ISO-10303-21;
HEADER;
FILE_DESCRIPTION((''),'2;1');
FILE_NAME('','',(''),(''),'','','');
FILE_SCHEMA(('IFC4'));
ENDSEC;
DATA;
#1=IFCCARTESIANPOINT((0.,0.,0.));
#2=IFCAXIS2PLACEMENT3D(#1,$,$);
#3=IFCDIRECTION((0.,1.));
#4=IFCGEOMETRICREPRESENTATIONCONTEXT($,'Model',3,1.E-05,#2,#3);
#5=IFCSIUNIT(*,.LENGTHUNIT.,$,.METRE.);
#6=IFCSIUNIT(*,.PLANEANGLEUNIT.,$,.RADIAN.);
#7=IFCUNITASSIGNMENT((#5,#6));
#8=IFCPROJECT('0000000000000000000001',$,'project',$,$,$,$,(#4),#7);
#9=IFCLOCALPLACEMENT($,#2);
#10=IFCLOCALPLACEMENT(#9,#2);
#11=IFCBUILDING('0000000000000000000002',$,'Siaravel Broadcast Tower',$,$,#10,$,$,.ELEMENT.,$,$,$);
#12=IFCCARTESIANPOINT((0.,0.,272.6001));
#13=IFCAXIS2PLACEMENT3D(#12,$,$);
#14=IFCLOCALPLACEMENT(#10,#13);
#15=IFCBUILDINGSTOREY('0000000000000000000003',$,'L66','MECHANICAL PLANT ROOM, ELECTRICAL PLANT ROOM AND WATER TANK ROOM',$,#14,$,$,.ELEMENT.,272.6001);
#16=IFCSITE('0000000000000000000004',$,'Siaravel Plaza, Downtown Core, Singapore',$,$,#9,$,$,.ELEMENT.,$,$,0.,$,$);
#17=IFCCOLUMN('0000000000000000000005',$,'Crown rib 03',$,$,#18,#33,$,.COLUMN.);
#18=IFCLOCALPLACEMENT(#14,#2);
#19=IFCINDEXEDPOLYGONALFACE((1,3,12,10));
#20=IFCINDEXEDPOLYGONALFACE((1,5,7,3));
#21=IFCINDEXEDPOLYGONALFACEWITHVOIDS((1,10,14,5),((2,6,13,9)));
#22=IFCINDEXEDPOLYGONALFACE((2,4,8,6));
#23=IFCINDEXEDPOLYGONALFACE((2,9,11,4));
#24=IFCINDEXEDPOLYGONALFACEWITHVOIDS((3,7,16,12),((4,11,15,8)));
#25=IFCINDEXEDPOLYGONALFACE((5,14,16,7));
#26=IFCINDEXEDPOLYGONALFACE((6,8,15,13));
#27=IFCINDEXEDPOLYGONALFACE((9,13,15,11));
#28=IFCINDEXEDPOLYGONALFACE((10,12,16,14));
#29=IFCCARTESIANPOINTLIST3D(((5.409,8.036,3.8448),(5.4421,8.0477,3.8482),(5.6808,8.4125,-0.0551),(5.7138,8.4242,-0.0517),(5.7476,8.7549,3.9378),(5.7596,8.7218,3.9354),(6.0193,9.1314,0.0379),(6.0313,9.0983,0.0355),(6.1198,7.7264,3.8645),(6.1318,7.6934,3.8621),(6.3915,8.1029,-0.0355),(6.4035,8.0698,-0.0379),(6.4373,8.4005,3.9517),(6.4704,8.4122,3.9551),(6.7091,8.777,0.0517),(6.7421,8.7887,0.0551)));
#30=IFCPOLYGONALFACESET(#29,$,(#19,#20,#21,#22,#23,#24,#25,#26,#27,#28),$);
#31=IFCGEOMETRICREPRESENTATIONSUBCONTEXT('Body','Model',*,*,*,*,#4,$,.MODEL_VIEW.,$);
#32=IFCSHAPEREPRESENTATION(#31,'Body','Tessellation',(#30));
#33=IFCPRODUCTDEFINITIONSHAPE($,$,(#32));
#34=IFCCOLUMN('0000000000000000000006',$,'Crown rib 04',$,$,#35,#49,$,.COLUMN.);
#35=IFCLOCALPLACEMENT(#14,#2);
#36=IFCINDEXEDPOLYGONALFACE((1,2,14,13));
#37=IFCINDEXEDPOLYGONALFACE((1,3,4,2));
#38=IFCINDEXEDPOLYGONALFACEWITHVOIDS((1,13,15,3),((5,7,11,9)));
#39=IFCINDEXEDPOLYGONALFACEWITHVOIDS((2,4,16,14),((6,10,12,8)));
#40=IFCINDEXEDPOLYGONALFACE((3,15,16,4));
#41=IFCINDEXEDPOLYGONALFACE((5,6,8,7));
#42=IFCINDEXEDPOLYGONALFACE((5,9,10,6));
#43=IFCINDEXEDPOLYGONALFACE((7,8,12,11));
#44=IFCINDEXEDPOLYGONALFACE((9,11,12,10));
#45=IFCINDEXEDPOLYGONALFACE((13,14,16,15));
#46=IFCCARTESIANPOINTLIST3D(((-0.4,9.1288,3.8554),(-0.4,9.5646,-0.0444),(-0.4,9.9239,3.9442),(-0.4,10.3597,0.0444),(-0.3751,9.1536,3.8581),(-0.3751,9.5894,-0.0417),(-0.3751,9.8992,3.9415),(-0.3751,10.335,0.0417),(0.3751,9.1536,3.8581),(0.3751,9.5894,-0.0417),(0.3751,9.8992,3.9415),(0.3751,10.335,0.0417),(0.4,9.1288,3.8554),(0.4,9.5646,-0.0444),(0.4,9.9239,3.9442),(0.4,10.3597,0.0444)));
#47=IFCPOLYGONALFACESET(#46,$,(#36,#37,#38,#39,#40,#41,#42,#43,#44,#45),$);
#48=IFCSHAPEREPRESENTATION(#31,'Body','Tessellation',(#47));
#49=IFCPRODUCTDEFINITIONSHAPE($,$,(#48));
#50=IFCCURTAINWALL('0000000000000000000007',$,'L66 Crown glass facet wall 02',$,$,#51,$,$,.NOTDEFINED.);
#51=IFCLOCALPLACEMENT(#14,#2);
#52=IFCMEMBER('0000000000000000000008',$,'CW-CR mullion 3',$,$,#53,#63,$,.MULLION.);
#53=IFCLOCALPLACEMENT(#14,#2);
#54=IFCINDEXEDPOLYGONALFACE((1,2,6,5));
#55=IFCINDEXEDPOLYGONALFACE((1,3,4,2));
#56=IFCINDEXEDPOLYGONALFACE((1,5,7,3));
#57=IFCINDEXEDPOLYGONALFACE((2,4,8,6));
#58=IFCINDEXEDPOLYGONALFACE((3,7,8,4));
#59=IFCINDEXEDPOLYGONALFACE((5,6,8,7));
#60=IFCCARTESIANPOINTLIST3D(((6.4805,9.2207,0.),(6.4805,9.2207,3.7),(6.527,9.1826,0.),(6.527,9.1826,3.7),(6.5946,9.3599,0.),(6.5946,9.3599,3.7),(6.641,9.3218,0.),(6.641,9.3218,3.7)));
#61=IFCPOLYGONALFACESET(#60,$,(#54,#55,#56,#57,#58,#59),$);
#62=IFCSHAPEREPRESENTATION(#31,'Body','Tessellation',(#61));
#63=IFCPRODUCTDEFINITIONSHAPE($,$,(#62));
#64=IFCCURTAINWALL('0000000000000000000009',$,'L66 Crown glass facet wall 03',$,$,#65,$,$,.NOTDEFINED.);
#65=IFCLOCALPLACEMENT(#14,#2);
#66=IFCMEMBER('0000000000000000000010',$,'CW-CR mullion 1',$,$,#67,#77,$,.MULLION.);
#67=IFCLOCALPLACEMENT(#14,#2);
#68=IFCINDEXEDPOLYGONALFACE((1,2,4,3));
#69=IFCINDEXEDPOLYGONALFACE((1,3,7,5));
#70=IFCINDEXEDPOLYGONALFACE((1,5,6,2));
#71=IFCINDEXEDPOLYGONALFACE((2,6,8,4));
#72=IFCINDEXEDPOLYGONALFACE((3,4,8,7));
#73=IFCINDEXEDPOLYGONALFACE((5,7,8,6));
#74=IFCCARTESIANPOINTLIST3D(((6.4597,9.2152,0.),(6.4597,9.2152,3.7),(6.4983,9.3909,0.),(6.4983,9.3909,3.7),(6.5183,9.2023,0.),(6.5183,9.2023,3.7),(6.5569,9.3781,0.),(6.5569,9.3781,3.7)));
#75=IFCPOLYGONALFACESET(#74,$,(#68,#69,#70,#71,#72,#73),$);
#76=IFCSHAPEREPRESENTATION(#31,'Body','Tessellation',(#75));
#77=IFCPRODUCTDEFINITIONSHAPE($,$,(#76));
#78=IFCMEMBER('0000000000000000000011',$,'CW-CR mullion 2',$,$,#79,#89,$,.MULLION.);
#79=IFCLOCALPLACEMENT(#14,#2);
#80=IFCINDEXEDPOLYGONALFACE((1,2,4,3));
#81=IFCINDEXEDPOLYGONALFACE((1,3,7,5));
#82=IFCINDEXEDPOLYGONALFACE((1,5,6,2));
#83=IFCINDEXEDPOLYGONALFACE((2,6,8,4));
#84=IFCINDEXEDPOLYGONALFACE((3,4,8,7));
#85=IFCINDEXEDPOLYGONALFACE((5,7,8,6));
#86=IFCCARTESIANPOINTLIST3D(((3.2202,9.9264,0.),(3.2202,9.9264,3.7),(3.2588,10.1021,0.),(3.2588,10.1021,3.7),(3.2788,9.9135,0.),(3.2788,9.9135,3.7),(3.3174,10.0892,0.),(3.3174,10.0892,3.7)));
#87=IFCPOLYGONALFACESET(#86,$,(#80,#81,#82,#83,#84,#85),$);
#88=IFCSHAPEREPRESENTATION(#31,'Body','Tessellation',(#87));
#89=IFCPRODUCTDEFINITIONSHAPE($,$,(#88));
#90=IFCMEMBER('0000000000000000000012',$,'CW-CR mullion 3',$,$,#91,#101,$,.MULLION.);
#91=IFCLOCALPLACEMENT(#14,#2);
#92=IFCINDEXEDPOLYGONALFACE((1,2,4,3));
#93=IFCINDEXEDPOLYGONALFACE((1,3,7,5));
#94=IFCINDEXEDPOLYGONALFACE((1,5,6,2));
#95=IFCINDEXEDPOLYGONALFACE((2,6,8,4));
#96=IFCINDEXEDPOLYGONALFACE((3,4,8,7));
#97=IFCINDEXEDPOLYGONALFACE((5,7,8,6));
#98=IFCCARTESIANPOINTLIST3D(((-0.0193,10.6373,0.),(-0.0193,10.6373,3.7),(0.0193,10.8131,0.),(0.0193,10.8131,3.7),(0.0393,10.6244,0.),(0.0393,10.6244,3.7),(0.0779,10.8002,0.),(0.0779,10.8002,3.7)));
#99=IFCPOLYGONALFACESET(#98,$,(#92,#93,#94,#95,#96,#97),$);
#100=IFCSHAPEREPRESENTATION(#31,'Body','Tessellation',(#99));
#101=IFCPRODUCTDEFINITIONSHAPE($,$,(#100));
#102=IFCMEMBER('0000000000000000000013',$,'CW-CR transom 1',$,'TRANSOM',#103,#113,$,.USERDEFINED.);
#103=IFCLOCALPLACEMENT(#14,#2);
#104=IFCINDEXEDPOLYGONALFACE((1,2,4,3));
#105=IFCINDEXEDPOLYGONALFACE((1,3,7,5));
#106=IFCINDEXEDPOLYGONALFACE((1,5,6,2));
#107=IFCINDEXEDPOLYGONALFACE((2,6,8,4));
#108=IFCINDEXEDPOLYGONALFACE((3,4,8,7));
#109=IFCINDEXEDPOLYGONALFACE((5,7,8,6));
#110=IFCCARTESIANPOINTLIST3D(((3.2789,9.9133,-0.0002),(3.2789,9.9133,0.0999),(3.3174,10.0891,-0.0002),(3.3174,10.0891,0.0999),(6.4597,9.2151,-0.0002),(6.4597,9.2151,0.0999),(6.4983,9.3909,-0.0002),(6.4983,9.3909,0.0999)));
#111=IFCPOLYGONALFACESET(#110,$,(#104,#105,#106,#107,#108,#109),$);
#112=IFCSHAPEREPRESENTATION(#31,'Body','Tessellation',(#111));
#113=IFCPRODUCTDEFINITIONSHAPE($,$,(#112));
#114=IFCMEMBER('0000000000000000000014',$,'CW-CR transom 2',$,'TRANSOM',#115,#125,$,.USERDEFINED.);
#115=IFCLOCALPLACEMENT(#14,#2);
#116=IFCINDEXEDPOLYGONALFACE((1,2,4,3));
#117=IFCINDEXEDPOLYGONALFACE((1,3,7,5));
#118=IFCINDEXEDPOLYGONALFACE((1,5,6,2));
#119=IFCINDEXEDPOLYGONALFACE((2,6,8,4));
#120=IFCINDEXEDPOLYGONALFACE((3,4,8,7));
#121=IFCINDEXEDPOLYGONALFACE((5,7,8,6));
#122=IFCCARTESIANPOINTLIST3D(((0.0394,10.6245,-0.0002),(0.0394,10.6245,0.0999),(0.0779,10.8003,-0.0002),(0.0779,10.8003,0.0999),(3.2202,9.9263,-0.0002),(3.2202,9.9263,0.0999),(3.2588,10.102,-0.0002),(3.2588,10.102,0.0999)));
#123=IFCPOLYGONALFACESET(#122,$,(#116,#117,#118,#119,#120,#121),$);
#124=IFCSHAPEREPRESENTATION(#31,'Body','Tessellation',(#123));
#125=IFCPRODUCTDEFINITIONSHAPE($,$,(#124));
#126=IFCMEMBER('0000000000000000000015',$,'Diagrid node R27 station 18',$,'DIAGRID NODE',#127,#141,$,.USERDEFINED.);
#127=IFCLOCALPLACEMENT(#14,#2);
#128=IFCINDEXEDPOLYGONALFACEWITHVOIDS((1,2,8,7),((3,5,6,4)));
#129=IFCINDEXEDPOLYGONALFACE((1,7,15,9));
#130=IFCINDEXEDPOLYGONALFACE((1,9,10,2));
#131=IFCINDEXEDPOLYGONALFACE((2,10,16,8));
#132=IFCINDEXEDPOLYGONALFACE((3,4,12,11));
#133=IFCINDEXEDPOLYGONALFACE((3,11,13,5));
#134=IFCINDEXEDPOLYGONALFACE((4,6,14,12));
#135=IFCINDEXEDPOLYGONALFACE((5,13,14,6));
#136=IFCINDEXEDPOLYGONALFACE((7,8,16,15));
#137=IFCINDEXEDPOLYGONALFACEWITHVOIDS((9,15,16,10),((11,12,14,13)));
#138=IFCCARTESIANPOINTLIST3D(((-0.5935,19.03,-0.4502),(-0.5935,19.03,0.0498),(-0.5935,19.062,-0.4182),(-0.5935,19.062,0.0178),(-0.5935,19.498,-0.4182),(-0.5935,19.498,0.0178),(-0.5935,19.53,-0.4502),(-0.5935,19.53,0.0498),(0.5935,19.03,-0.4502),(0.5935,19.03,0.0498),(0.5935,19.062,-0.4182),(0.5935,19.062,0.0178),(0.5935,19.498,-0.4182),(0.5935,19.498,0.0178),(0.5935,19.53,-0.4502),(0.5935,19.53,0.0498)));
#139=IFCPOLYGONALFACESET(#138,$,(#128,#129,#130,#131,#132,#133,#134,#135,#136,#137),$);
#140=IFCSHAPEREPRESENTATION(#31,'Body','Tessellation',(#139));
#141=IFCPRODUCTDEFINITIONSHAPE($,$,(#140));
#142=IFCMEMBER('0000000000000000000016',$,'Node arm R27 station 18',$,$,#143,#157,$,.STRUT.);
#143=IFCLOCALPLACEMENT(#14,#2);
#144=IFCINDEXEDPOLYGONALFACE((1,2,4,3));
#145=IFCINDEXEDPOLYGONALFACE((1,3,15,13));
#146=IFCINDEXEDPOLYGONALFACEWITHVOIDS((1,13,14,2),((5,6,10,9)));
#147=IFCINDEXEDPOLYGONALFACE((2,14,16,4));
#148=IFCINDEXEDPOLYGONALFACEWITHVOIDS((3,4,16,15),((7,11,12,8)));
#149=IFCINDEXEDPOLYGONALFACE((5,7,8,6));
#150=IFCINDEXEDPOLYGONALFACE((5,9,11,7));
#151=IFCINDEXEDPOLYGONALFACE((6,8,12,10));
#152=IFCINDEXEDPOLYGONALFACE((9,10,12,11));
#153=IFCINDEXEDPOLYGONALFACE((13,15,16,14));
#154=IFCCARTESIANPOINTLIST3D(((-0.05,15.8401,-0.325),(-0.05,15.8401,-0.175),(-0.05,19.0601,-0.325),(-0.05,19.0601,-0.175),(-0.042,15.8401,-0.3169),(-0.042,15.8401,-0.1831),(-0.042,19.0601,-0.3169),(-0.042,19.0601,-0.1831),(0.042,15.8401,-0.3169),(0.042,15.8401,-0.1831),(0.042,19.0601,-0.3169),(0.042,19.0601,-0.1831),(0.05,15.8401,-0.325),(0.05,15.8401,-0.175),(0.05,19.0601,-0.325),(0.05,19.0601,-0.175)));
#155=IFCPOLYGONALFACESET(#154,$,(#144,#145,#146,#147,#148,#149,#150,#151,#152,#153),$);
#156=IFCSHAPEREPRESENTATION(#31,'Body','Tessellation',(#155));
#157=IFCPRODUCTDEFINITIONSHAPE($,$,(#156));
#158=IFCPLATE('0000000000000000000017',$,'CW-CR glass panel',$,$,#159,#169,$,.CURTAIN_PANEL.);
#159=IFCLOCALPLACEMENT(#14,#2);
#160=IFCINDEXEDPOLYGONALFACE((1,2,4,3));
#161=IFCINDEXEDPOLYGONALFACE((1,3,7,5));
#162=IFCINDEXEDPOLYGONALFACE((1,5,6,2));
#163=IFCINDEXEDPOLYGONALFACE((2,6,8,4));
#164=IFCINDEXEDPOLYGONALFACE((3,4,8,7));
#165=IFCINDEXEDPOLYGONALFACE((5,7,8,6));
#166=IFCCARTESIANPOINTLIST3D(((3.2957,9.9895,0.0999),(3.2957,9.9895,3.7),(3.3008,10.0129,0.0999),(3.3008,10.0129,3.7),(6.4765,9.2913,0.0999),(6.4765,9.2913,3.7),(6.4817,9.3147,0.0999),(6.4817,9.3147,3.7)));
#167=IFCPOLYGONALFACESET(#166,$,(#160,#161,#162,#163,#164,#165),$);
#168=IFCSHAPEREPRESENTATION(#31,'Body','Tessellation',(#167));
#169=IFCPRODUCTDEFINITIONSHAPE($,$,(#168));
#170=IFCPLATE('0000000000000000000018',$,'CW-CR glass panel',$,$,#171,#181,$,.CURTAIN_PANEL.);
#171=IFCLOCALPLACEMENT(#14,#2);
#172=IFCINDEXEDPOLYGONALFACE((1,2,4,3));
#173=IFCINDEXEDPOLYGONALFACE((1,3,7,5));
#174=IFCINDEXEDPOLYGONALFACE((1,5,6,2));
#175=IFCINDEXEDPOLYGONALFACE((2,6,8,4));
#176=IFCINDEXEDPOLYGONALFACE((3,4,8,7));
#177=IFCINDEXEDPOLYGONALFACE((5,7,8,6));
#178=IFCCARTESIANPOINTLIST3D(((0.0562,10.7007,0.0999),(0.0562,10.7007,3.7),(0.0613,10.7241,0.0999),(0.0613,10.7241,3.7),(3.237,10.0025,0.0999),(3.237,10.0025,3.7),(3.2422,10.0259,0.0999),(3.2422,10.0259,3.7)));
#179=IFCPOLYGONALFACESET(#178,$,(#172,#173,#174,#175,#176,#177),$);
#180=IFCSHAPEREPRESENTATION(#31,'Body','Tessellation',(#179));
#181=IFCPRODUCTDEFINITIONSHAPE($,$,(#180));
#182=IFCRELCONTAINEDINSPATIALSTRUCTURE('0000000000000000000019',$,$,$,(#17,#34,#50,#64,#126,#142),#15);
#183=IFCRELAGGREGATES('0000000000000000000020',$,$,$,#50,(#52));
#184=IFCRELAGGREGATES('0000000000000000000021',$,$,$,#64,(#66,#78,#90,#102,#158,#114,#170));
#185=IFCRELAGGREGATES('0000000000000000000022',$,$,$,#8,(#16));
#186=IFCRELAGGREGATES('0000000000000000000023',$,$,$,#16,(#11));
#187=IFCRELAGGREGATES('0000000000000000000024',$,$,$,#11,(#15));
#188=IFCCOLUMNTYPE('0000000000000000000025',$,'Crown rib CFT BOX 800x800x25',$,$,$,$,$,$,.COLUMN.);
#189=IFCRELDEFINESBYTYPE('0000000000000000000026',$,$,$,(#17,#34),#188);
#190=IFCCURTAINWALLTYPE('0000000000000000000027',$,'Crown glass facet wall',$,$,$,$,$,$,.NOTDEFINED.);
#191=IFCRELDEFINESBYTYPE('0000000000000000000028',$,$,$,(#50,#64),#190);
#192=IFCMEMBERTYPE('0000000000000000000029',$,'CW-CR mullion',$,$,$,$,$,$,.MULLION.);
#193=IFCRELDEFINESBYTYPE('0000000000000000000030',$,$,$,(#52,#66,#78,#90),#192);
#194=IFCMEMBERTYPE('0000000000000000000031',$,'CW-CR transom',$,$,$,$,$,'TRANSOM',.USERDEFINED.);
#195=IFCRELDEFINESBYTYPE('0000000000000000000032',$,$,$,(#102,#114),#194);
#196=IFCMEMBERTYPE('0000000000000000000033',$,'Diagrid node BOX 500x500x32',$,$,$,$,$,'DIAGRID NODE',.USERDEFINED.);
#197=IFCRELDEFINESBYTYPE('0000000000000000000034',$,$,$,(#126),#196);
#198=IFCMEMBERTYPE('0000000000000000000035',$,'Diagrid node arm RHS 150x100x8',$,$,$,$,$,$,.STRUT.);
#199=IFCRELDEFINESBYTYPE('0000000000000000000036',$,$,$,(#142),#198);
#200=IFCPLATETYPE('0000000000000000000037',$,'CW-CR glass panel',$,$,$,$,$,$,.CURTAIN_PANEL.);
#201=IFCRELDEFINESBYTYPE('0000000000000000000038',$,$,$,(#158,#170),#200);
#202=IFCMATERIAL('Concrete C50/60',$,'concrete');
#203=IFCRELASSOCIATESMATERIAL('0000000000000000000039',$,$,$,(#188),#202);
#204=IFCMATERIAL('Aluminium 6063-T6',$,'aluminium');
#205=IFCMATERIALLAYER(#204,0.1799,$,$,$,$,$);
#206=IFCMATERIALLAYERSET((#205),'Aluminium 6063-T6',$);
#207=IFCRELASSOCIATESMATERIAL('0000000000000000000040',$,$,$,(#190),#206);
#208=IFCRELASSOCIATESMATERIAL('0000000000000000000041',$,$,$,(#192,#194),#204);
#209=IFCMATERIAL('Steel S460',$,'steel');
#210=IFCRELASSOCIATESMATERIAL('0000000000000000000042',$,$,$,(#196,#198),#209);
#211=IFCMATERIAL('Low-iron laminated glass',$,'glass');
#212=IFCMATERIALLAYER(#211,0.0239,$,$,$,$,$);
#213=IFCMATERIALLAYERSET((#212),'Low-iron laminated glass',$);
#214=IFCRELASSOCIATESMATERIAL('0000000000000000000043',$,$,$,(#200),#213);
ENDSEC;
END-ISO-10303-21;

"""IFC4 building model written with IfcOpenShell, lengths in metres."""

from ifc_helpers import new_model, si_unit, direction, frame, origin, origin_2d, place, context, subcontext, project, spatial, rectangle, hollow_rectangle, extrude, material, layer, layer_set, material_profile, profile_set, type_object, element, aggregate, save


model = new_model("IFC4")

# Units and contexts
model_context = context("Model", 3, precision=1e-05, world=origin(), true_north=direction((0.0, 1.0)))
body_context = subcontext(model_context, "Body", "Model", "MODEL_VIEW")
ifc_project = project(units=[si_unit("LENGTHUNIT", "METRE"), si_unit("PLANEANGLEUNIT", "RADIAN")], contexts=[model_context])

# Site, building, storey
site_placement = place(None, origin())
site = spatial("IfcSite", under=ifc_project, at=site_placement, Name="Siaravel Plaza, Downtown Core, Singapore", CompositionType="ELEMENT", RefElevation=0.0)
building_placement = place(site_placement, origin())
building = spatial("IfcBuilding", under=site, at=building_placement, Name="Siaravel Broadcast Tower", CompositionType="ELEMENT")
storey_placement = place(building_placement, frame((0.0, 0.0, 272.6001)))
storey = spatial("IfcBuildingStorey", under=building, at=storey_placement, Name="L66", Description="MECHANICAL PLANT ROOM, ELECTRICAL PLANT ROOM AND WATER TANK ROOM", CompositionType="ELEMENT", Elevation=272.6001)

# Columns
ifc_material_1 = material(Name="Concrete C50/60", Category="concrete")
ifc_material_profile_1 = material_profile(ifc_material_1, hollow_rectangle(XDim=0.8, YDim=0.8, WallThickness=0.0249, at=origin_2d()))
ifc_profile_set_1 = profile_set([ifc_material_profile_1], Name="Concrete C50/60")
column_type = type_object("IfcColumnType", Name="Crown rib CFT BOX 800x800x25", PredefinedType="COLUMN", material=ifc_profile_set_1)
column_1_placement = place(storey_placement, frame((6.2114, 8.6006, 0.0), z_axis=(-0.069187, -0.095855, 0.992988), x_axis=(0.903382, -0.428292, 0.0216)))
element("IfcColumn", 1, at=column_1_placement, inside=storey, type_object=column_type, Name="Crown rib 03", PredefinedType="COLUMN", context=body_context, shape_type="SweptSolid", body=[
    extrude(hollow_rectangle(XDim=0.8, YDim=0.8, WallThickness=0.0249, at=origin_2d()), origin(), (0.0, 0.0, 1.0), 3.9275),
])
column_2_placement = place(storey_placement, frame((0.0, 9.9622, 0.0), z_axis=(0.0, -0.111053, 0.993814), x_axis=(1.0, 0.0, 0.0)))
element("IfcColumn", 2, at=column_2_placement, inside=storey, type_object=column_type, Name="Crown rib 04", PredefinedType="COLUMN", context=body_context, shape_type="SweptSolid", body=[
    extrude(hollow_rectangle(XDim=0.8, YDim=0.8, WallThickness=0.0249, at=origin_2d()), origin(), (0.0, 0.0, 1.0), 3.9241),
])

# Curtain wall, member
ifc_material_2 = material(Name="Aluminium 6063-T6", Category="aluminium")
ifc_layer_1 = layer(ifc_material_2, 0.1799)
ifc_layer_set_1 = layer_set([ifc_layer_1], Name="Aluminium 6063-T6")
curtain_wall_type = type_object("IfcCurtainWallType", Name="Crown glass facet wall", PredefinedType="NOTDEFINED", material=ifc_layer_set_1)
curtain_wall_1_placement = place(storey_placement, origin())
curtain_wall_1 = element("IfcCurtainWall", 3, at=curtain_wall_1_placement, inside=storey, type_object=curtain_wall_type, Name="L66 Crown glass facet wall 02", PredefinedType="NOTDEFINED")
ifc_material_profile_2 = material_profile(ifc_material_2, rectangle(XDim=0.1799, YDim=0.0601, at=origin_2d()))
ifc_profile_set_2 = profile_set([ifc_material_profile_2], Name="Aluminium 6063-T6")
member_type_1 = type_object("IfcMemberType", Name="CW-CR mullion", PredefinedType="MULLION", material=ifc_profile_set_2)
member_1_placement = place(storey_placement, frame((6.5608, 9.2712, 0.0), z_axis=(0.0, 0.0, 1.0), x_axis=(-0.633712, -0.773569, 0.0)))
member_1 = element("IfcMember", 4, at=member_1_placement, type_object=member_type_1, Name="CW-CR mullion 3", PredefinedType="MULLION", context=body_context, shape_type="SweptSolid", body=[
    extrude(rectangle(XDim=0.1799, YDim=0.0601, at=origin_2d()), origin(), (0.0, 0.0, 1.0), 3.7),
])
aggregate(curtain_wall_1, [member_1])

# Curtain wall, members
curtain_wall_2_placement = place(storey_placement, origin())
curtain_wall_2 = element("IfcCurtainWall", 5, at=curtain_wall_2_placement, inside=storey, type_object=curtain_wall_type, Name="L66 Crown glass facet wall 03", PredefinedType="NOTDEFINED")
member_2_placement = place(storey_placement, frame((6.5083, 9.2966, 0.0), z_axis=(0.0, 0.0, 1.0), x_axis=(-0.214394, -0.976747, 0.0)))
member_2 = element("IfcMember", 6, at=member_2_placement, type_object=member_type_1, Name="CW-CR mullion 1", PredefinedType="MULLION", context=body_context, shape_type="SweptSolid", body=[
    extrude(rectangle(XDim=0.1799, YDim=0.0601, at=origin_2d()), origin(), (0.0, 0.0, 1.0), 3.7),
])
member_3_placement = place(storey_placement, frame((3.2688, 10.0078, 0.0), z_axis=(0.0, 0.0, 1.0), x_axis=(-0.214394, -0.976747, 0.0)))
member_3 = element("IfcMember", 7, at=member_3_placement, type_object=member_type_1, Name="CW-CR mullion 2", PredefinedType="MULLION", context=body_context, shape_type="SweptSolid", body=[
    extrude(rectangle(XDim=0.1799, YDim=0.0601, at=origin_2d()), origin(), (0.0, 0.0, 1.0), 3.7),
])
member_4_placement = place(storey_placement, frame((0.0293, 10.7188, 0.0), z_axis=(0.0, 0.0, 1.0), x_axis=(-0.214394, -0.976747, 0.0)))
member_4 = element("IfcMember", 8, at=member_4_placement, type_object=member_type_1, Name="CW-CR mullion 3", PredefinedType="MULLION", context=body_context, shape_type="SweptSolid", body=[
    extrude(rectangle(XDim=0.1799, YDim=0.0601, at=origin_2d()), origin(), (0.0, 0.0, 1.0), 3.7),
])
ifc_material_profile_3 = material_profile(ifc_material_2, rectangle(XDim=0.1799, YDim=0.1001, at=origin_2d()))
ifc_profile_set_3 = profile_set([ifc_material_profile_3], Name="Aluminium 6063-T6")
member_type_2 = type_object("IfcMemberType", Name="CW-CR transom", ElementType="TRANSOM", PredefinedType="USERDEFINED", material=ifc_profile_set_3)
member_5_placement = place(storey_placement, frame((6.479, 9.303, 0.0498), z_axis=(-0.976745, 0.214406, 0.0), x_axis=(-0.214406, -0.976745, 0.0)))
member_5 = element("IfcMember", 9, at=member_5_placement, type_object=member_type_2, Name="CW-CR transom 1", ObjectType="TRANSOM", PredefinedType="USERDEFINED", context=body_context, shape_type="SweptSolid", body=[
    extrude(rectangle(XDim=0.1799, YDim=0.1001, at=origin_2d()), origin(), (0.0, 0.0, 1.0), 3.2566),
])
member_6_placement = place(storey_placement, frame((3.2395, 10.0142, 0.0498), z_axis=(-0.976745, 0.214406, 0.0), x_axis=(-0.214406, -0.976745, 0.0)))
member_6 = element("IfcMember", 10, at=member_6_placement, type_object=member_type_2, Name="CW-CR transom 2", ObjectType="TRANSOM", PredefinedType="USERDEFINED", context=body_context, shape_type="SweptSolid", body=[
    extrude(rectangle(XDim=0.1799, YDim=0.1001, at=origin_2d()), origin(), (0.0, 0.0, 1.0), 3.2566),
])

# Members
ifc_material_3 = material(Name="Steel S460", Category="steel")
ifc_material_profile_4 = material_profile(ifc_material_3, hollow_rectangle(XDim=0.5, YDim=0.5, WallThickness=0.032, at=origin_2d()))
ifc_profile_set_4 = profile_set([ifc_material_profile_4], Name="Steel S460")
member_type_3 = type_object("IfcMemberType", Name="Diagrid node BOX 500x500x32", ElementType="DIAGRID NODE", PredefinedType="USERDEFINED", material=ifc_profile_set_4)
member_7_placement = place(storey_placement, frame((0.5935, 19.28, -0.2002), z_axis=(-1.0, 0.0, 0.0), x_axis=(0.0, -1.0, 0.0)))
element("IfcMember", 11, at=member_7_placement, inside=storey, type_object=member_type_3, Name="Diagrid node R27 station 18", ObjectType="DIAGRID NODE", PredefinedType="USERDEFINED", context=body_context, shape_type="SweptSolid", body=[
    extrude(hollow_rectangle(XDim=0.5, YDim=0.5, WallThickness=0.032, at=origin_2d()), origin(), (0.0, 0.0, 1.0), 1.187),
])
ifc_material_profile_5 = material_profile(ifc_material_3, hollow_rectangle(XDim=0.1001, YDim=0.1499, WallThickness=0.0081, at=origin_2d()))
ifc_profile_set_5 = profile_set([ifc_material_profile_5], Name="Steel S460")
member_type_4 = type_object("IfcMemberType", Name="Diagrid node arm RHS 150x100x8", PredefinedType="STRUT", material=ifc_profile_set_5)
member_8_placement = place(storey_placement, frame((0.0, 15.8401, -0.25), z_axis=(0.0, 1.0, 0.0), x_axis=(-1.0, 0.0, 0.0)))
element("IfcMember", 12, at=member_8_placement, inside=storey, type_object=member_type_4, Name="Node arm R27 station 18", PredefinedType="STRUT", context=body_context, shape_type="SweptSolid", body=[
    extrude(hollow_rectangle(XDim=0.1001, YDim=0.1499, WallThickness=0.0081, at=origin_2d()), origin(), (0.0, 0.0, 1.0), 3.22),
])

# Plates
ifc_material_4 = material(Name="Low-iron laminated glass", Category="glass")
ifc_layer_2 = layer(ifc_material_4, 0.0239)
ifc_layer_set_2 = layer_set([ifc_layer_2], Name="Low-iron laminated glass")
plate_type = type_object("IfcPlateType", Name="CW-CR glass panel", PredefinedType="CURTAIN_PANEL", material=ifc_layer_set_2)
plate_1_placement = place(storey_placement, frame((4.8887, 9.6521, 0.0999), z_axis=(0.0, 0.0, 1.0), x_axis=(-0.976747, 0.214394, 0.0)))
plate_1 = element("IfcPlate", 13, at=plate_1_placement, type_object=plate_type, Name="CW-CR glass panel", PredefinedType="CURTAIN_PANEL", context=body_context, shape_type="SweptSolid", body=[
    extrude(rectangle(XDim=3.2566, YDim=0.0239, at=origin_2d()), origin(), (0.0, 0.0, 1.0), 3.6001),
])
plate_2_placement = place(storey_placement, frame((1.6492, 10.3633, 0.0999), z_axis=(0.0, 0.0, 1.0), x_axis=(-0.976747, 0.214394, 0.0)))
plate_2 = element("IfcPlate", 14, at=plate_2_placement, type_object=plate_type, Name="CW-CR glass panel", PredefinedType="CURTAIN_PANEL", context=body_context, shape_type="SweptSolid", body=[
    extrude(rectangle(XDim=3.2566, YDim=0.0239, at=origin_2d()), origin(), (0.0, 0.0, 1.0), 3.6001),
])
aggregate(curtain_wall_2, [member_2, member_3, member_4, member_5, plate_1, member_6, plate_2])

save(model, "model.ifc")
